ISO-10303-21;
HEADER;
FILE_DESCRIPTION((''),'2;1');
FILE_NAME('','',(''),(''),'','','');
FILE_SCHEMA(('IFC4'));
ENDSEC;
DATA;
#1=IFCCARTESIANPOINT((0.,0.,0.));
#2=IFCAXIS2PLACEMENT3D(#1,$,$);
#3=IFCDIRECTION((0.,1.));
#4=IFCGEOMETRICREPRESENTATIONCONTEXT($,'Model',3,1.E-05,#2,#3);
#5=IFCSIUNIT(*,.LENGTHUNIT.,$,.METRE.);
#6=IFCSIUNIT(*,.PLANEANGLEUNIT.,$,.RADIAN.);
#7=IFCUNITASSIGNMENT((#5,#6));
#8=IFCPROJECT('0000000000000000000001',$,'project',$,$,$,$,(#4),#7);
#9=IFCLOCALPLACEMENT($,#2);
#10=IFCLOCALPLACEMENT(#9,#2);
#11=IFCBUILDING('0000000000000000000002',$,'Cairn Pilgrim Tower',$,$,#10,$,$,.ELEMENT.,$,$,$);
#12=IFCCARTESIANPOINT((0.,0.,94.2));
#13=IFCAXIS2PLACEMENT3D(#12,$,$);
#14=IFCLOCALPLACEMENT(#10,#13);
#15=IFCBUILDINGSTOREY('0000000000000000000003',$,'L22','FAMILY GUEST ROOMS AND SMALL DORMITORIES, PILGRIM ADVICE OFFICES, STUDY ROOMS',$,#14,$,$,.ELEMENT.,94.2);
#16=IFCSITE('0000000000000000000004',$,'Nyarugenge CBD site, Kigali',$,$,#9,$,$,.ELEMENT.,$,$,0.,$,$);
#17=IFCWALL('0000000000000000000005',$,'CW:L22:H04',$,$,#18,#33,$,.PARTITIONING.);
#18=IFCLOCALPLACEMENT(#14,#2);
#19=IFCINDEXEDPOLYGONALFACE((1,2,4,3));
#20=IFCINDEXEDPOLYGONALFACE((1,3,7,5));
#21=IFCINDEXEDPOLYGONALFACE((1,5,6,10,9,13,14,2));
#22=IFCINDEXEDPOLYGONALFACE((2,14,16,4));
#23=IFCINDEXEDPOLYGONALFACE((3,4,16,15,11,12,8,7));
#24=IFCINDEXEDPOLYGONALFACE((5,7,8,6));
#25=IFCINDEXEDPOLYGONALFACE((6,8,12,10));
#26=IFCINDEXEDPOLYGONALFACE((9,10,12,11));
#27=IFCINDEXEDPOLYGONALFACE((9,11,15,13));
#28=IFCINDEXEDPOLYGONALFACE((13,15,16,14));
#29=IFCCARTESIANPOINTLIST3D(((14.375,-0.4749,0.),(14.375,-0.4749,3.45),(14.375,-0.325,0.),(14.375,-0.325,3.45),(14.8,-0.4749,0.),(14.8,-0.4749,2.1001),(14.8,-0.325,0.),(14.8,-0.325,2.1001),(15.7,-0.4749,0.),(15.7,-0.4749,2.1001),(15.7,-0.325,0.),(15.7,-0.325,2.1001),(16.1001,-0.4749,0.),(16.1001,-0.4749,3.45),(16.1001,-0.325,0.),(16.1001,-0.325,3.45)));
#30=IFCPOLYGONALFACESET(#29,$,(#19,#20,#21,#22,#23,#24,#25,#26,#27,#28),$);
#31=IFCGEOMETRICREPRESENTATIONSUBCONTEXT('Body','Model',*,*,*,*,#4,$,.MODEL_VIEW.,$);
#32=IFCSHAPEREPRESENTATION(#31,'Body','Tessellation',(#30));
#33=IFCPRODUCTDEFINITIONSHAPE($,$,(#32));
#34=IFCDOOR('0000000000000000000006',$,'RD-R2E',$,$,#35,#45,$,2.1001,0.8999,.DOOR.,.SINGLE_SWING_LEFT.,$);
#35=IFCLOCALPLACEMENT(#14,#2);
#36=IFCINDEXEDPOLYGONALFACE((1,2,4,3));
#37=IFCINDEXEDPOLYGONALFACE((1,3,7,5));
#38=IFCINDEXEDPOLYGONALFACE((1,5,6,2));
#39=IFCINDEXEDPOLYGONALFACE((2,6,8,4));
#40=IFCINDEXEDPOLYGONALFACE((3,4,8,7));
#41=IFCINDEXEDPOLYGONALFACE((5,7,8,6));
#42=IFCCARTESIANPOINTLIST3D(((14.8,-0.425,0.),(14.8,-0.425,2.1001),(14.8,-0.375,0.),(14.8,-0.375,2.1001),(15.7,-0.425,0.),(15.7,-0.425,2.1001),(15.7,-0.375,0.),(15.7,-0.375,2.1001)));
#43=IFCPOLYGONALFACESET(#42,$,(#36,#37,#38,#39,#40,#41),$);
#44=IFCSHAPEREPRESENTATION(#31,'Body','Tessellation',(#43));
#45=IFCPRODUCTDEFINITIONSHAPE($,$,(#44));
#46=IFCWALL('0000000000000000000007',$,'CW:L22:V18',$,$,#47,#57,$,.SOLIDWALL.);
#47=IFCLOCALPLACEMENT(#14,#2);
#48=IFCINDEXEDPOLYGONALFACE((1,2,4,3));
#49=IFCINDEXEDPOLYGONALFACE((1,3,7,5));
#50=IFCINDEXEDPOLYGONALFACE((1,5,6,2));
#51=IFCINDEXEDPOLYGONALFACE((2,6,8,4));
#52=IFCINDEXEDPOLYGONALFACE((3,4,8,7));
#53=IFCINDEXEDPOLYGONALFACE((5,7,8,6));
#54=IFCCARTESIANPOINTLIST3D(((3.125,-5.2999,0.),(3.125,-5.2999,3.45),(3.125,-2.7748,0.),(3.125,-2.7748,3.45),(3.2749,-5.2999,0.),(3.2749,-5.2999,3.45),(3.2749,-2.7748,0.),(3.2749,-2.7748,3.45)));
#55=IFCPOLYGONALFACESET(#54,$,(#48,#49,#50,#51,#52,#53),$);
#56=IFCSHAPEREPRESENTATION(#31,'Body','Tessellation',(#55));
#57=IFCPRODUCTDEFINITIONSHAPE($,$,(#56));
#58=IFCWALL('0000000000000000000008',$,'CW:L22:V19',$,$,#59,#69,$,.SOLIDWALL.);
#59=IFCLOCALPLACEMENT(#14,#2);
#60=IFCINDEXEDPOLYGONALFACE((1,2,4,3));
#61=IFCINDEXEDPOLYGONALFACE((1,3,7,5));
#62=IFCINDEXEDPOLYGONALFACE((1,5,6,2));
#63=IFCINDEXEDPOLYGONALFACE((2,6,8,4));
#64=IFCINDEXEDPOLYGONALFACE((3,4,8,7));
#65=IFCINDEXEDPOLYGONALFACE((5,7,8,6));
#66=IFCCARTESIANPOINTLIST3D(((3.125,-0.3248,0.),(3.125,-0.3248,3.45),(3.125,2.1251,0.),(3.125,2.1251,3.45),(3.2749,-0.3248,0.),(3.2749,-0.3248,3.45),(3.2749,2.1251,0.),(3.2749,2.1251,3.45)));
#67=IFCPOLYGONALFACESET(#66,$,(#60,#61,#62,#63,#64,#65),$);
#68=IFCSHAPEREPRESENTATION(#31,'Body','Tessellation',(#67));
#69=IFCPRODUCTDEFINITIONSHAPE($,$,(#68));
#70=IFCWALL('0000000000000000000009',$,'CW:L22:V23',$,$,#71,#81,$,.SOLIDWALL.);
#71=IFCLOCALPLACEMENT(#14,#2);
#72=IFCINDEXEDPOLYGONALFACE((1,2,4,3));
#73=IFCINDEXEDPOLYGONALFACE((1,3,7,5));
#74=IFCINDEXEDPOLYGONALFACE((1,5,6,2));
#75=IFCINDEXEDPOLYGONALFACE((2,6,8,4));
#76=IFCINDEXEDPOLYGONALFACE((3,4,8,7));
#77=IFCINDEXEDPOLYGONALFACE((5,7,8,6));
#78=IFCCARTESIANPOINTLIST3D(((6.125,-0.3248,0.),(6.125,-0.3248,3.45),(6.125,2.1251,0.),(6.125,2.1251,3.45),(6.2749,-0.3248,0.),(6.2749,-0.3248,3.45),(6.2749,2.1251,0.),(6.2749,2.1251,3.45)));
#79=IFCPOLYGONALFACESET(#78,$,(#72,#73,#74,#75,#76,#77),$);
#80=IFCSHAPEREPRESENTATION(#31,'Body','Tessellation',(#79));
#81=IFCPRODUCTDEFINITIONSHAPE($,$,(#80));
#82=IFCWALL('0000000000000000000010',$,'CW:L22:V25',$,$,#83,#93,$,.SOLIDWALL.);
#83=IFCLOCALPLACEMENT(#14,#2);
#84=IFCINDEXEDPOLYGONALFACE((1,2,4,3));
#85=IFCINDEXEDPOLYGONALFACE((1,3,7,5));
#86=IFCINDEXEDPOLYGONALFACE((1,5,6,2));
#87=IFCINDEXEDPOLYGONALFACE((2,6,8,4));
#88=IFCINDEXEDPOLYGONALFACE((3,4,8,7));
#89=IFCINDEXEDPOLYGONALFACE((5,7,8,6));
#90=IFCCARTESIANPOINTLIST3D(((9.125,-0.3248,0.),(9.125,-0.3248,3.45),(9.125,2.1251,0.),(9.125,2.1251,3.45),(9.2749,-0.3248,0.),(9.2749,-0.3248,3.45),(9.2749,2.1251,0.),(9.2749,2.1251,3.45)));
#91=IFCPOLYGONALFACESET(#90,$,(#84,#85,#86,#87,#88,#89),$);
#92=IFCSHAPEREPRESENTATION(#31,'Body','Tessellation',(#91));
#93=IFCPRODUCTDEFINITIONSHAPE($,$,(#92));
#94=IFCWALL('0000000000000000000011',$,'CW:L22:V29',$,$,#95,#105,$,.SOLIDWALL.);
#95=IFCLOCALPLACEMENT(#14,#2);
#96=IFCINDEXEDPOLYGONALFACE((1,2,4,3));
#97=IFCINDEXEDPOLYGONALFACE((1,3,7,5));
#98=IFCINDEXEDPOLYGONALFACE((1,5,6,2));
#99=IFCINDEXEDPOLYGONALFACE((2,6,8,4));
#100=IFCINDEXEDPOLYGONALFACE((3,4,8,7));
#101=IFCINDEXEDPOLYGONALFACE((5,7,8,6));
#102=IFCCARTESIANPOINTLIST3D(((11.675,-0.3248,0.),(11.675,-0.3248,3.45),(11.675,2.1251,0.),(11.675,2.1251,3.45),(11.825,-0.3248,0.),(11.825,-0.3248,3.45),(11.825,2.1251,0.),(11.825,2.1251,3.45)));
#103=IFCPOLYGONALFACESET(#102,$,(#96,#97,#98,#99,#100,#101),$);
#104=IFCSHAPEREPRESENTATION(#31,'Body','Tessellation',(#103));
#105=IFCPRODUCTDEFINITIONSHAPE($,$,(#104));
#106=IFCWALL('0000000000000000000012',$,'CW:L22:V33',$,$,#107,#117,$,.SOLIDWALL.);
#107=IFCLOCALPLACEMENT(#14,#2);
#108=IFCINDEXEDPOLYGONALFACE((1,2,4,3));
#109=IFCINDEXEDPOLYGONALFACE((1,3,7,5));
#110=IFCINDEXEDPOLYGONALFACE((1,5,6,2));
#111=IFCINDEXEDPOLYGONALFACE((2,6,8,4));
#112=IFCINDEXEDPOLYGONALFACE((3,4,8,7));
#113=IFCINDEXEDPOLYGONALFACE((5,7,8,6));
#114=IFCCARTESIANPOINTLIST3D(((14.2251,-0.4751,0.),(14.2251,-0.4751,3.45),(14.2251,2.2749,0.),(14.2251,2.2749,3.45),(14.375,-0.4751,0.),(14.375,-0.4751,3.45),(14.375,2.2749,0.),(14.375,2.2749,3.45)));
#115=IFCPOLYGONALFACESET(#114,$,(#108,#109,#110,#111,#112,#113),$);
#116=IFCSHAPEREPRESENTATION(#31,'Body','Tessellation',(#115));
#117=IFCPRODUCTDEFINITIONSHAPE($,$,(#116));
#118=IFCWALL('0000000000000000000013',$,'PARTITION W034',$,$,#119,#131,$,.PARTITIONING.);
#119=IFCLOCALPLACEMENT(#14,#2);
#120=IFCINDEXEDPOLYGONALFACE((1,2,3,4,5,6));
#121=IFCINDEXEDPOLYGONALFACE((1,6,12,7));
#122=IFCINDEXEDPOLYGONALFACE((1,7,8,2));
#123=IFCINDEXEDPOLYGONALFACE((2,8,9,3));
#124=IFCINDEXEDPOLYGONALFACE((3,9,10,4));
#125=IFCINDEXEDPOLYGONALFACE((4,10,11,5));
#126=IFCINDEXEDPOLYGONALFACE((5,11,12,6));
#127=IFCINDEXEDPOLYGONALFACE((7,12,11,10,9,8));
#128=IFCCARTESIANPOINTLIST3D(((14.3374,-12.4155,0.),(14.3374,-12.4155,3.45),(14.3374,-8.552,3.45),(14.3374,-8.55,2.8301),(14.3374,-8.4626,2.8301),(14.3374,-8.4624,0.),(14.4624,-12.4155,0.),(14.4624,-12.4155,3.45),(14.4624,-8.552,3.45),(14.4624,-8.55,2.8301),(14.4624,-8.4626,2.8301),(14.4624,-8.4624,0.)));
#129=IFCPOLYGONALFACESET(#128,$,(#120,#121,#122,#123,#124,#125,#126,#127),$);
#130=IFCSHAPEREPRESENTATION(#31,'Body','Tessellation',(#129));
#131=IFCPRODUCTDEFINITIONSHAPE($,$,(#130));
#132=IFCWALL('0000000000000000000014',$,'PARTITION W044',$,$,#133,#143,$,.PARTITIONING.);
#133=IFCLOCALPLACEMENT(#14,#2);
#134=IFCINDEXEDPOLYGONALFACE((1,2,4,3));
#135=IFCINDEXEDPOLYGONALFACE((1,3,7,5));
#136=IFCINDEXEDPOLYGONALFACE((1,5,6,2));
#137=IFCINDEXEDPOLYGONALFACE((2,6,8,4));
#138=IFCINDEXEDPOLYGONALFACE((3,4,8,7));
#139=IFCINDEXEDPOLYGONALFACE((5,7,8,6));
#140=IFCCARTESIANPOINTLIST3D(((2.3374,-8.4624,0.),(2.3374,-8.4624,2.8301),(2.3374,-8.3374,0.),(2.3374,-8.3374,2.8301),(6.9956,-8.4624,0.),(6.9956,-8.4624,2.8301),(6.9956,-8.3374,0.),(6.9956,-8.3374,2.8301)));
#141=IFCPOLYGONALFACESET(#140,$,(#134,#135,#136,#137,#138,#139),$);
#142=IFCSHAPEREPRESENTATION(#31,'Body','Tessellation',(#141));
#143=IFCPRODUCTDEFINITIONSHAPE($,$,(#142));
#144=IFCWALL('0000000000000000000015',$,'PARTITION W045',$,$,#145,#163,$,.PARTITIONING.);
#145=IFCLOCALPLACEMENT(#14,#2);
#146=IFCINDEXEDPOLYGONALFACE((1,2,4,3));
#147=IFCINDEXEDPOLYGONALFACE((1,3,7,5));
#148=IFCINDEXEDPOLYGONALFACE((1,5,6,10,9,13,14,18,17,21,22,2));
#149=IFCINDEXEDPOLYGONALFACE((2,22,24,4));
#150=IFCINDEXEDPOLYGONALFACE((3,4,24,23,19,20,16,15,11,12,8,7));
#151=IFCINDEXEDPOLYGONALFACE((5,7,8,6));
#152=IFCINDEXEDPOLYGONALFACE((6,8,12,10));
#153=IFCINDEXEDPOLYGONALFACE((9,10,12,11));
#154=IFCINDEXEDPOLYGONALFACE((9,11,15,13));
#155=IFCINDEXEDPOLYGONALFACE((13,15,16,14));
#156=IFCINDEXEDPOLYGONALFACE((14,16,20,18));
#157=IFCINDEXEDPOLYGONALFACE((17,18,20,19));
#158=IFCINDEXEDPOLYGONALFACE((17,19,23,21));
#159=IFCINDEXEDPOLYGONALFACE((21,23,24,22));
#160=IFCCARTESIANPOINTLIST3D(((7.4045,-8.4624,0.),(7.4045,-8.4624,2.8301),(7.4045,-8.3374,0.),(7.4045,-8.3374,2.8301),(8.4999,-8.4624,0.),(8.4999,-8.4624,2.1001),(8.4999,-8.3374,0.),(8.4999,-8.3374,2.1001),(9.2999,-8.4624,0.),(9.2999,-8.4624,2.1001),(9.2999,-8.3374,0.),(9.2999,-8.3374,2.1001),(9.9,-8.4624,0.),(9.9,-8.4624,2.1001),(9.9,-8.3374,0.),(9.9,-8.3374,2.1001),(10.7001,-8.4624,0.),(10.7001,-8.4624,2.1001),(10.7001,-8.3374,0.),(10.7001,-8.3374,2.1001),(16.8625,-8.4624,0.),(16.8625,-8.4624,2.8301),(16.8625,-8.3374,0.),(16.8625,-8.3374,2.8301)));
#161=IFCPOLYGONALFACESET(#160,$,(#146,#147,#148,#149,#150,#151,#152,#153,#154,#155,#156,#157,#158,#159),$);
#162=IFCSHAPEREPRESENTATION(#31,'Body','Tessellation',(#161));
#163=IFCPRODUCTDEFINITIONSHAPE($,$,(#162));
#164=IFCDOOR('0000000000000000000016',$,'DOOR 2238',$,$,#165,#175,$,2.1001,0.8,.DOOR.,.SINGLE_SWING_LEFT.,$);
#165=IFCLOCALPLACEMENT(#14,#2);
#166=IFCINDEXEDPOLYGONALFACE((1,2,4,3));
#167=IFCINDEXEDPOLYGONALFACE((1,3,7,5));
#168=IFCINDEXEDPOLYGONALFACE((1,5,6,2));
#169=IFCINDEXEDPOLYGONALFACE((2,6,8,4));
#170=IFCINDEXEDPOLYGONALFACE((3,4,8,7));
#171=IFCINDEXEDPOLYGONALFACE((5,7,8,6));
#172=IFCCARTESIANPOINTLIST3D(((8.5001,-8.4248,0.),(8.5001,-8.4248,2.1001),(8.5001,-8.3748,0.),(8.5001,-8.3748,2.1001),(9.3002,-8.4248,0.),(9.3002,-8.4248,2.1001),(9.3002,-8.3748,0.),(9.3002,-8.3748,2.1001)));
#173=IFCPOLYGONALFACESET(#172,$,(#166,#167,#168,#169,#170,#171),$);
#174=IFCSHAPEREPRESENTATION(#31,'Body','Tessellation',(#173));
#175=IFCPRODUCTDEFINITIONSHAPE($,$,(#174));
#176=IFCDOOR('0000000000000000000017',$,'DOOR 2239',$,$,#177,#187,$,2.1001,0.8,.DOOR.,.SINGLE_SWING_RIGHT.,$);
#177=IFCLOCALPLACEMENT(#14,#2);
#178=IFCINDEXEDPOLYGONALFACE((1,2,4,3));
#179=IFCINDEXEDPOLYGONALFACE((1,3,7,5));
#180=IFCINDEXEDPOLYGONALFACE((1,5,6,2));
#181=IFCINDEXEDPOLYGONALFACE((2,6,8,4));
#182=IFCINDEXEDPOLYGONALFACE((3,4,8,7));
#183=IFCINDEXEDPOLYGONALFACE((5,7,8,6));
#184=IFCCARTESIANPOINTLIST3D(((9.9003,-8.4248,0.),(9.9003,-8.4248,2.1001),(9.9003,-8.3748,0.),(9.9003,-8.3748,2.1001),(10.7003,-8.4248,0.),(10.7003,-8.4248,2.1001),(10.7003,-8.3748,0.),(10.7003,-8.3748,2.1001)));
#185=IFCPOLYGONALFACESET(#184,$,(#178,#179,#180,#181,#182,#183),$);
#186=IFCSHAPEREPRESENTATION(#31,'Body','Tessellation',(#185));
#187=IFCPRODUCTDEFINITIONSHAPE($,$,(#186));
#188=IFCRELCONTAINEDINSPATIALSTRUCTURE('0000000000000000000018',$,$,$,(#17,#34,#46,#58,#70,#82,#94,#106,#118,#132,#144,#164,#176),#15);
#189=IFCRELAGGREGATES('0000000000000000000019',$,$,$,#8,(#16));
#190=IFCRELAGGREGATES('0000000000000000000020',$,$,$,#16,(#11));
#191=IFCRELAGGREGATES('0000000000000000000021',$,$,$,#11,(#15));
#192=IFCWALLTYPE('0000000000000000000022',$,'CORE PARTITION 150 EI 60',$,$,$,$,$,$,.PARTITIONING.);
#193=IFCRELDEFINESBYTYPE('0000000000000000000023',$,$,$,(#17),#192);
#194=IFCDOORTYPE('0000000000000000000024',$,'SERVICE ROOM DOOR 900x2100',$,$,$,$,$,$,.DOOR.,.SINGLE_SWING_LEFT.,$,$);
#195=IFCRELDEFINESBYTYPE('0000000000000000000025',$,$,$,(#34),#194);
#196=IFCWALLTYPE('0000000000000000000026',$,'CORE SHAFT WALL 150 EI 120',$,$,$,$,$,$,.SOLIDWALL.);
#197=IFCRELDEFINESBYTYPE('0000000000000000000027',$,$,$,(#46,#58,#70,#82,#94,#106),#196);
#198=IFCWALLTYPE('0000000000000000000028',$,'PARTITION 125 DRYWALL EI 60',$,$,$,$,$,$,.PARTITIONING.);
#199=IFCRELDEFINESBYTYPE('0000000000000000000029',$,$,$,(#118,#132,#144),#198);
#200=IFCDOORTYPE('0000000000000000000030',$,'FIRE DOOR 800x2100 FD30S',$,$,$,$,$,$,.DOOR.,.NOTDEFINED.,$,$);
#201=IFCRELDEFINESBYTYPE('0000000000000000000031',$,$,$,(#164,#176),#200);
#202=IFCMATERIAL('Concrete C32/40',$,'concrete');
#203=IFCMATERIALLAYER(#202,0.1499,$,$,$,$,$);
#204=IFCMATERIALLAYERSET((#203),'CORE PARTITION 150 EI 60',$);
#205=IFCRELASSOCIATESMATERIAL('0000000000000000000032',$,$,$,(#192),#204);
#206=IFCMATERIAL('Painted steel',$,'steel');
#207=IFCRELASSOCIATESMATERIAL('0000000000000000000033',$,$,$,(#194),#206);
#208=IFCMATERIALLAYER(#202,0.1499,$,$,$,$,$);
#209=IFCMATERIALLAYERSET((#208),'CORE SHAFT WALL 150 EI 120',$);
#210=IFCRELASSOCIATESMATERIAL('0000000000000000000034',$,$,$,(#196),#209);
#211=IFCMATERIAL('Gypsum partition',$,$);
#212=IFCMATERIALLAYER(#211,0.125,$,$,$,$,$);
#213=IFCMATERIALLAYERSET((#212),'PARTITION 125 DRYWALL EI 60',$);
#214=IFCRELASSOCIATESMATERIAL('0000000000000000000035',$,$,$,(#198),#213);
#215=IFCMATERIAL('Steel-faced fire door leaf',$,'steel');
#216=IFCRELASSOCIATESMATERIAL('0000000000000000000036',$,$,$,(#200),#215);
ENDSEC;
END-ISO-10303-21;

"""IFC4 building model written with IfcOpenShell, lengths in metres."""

from ifc_helpers import new_model, si_unit, direction, frame, frame_2d, origin, place, context, subcontext, project, spatial, polyline, rectangle, outline, extrude, material, layer, layer_set, type_object, element, fill, save


model = new_model("IFC4")

# Units and contexts
model_context = context("Model", 3, precision=1e-05, world=origin(), true_north=direction((0.0, 1.0)))
body_context = subcontext(model_context, "Body", "Model", "MODEL_VIEW")
ifc_project = project(units=[si_unit("LENGTHUNIT", "METRE"), si_unit("PLANEANGLEUNIT", "RADIAN")], contexts=[model_context])

# Site, building, storey
site_placement = place(None, origin())
site = spatial("IfcSite", under=ifc_project, at=site_placement, Name="Nyarugenge CBD site, Kigali", CompositionType="ELEMENT", RefElevation=0.0)
building_placement = place(site_placement, origin())
building = spatial("IfcBuilding", under=site, at=building_placement, Name="Cairn Pilgrim Tower", CompositionType="ELEMENT")
storey_placement = place(building_placement, frame((0.0, 0.0, 94.2)))
storey = spatial("IfcBuildingStorey", under=building, at=storey_placement, Name="L22", Description="FAMILY GUEST ROOMS AND SMALL DORMITORIES, PILGRIM ADVICE OFFICES, STUDY ROOMS", CompositionType="ELEMENT", Elevation=94.2)

# Shared definitions
ifc_material_1 = material(Name="Concrete C32/40", Category="concrete")

# Wall, opening, door
ifc_layer_1 = layer(ifc_material_1, 0.1499)
ifc_layer_set_1 = layer_set([ifc_layer_1], Name="CORE PARTITION 150 EI 60")
wall_type_1 = type_object("IfcWallType", Name="CORE PARTITION 150 EI 60", PredefinedType="PARTITIONING", material=ifc_layer_set_1)
wall_1_placement = place(storey_placement, frame((14.375, -0.3999, 0.0), z_axis=(0.0, 0.0, 1.0), x_axis=(1.0, 0.0, 0.0)))
wall_1 = element("IfcWall", 1, at=wall_1_placement, inside=storey, type_object=wall_type_1, Name="CW:L22:H04", PredefinedType="PARTITIONING", context=body_context, shape_type="SweptSolid", body=[
    extrude(rectangle(XDim=1.7251, YDim=0.1499, at=frame_2d((0.8625, 0.0))), origin(), (0.0, 0.0, 1.0), 3.45),
])
opening_1_placement = place(wall_1_placement, frame((0.425, 0.0, 0.0)))
opening_1 = element("IfcOpeningElement", 2, at=opening_1_placement, cuts=wall_1, PredefinedType="OPENING", context=body_context, shape_type="SweptSolid", body=[
    extrude(rectangle(XDim=0.8999, YDim=2.1001, at=frame_2d((0.45, 1.05))), frame((0.0, 0.085, 0.0), z_axis=(0.0, -1.0, 0.0), x_axis=(1.0, 0.0, 0.0)), (0.0, 0.0, 1.0), 0.1699),
])
ifc_material_2 = material(Name="Painted steel", Category="steel")
door_type_1 = type_object("IfcDoorType", Name="SERVICE ROOM DOOR 900x2100", OperationType="SINGLE_SWING_LEFT", PredefinedType="DOOR", material=ifc_material_2)
door_1_placement = place(opening_1_placement, origin())
door_1 = element("IfcDoor", 3, at=door_1_placement, inside=storey, type_object=door_type_1, Name="RD-R2E", OperationType="SINGLE_SWING_LEFT", OverallHeight=2.1001, OverallWidth=0.8999, PredefinedType="DOOR", context=body_context, shape_type="SweptSolid", body=[
    extrude(rectangle(XDim=0.8999, YDim=2.1001, at=frame_2d((0.45, 1.05))), frame((0.0, 0.0249, 0.0), z_axis=(0.0, -1.0, 0.0), x_axis=(1.0, 0.0, 0.0)), (0.0, 0.0, 1.0), 0.05),
])
fill(opening_1, door_1)

# Walls
ifc_layer_2 = layer(ifc_material_1, 0.1499)
ifc_layer_set_2 = layer_set([ifc_layer_2], Name="CORE SHAFT WALL 150 EI 120")
wall_type_2 = type_object("IfcWallType", Name="CORE SHAFT WALL 150 EI 120", PredefinedType="SOLIDWALL", material=ifc_layer_set_2)
wall_2_placement = place(storey_placement, frame((3.2, -5.3, 0.0), z_axis=(0.0, 0.0, 1.0), x_axis=(0.0, 1.0, 0.0)))
element("IfcWall", 4, at=wall_2_placement, inside=storey, type_object=wall_type_2, Name="CW:L22:V18", PredefinedType="SOLIDWALL", context=body_context, shape_type="SweptSolid", body=[
    extrude(rectangle(XDim=2.5251, YDim=0.1499, at=frame_2d((1.2627, 0.0))), origin(), (0.0, 0.0, 1.0), 3.45),
])
for number, where, z_axis, x_axis, name in (
    (5, (3.2, -0.325, 0.0), (0.0, 0.0, 1.0), (0.0, 1.0, 0.0), "CW:L22:V19"),
    (6, (6.2, -0.325, 0.0), (0.0, 0.0, 1.0), (0.0, 1.0, 0.0), "CW:L22:V23"),
    (7, (9.2, -0.325, 0.0), (0.0, 0.0, 1.0), (0.0, 1.0, 0.0), "CW:L22:V25"),
    (8, (11.75, -0.325, 0.0), (0.0, 0.0, 1.0), (0.0, 1.0, 0.0), "CW:L22:V29"),
):
    element("IfcWall", number, at=place(storey_placement, frame(where, z_axis=z_axis, x_axis=x_axis)), inside=storey, type_object=wall_type_2, Name=name, PredefinedType="SOLIDWALL", context=body_context, shape_type="SweptSolid", body=[
        extrude(rectangle(XDim=2.45, YDim=0.1499, at=frame_2d((1.2251, 0.0))), origin(), (0.0, 0.0, 1.0), 3.45),
    ])
wall_3_placement = place(storey_placement, frame((14.3, -0.4751, 0.0), z_axis=(0.0, 0.0, 1.0), x_axis=(0.0, 1.0, 0.0)))
element("IfcWall", 9, at=wall_3_placement, inside=storey, type_object=wall_type_2, Name="CW:L22:V33", PredefinedType="SOLIDWALL", context=body_context, shape_type="SweptSolid", body=[
    extrude(rectangle(XDim=2.75, YDim=0.1499, at=frame_2d((1.375, 0.0))), origin(), (0.0, 0.0, 1.0), 3.45),
])
ifc_material_3 = material(Name="Gypsum partition")
ifc_layer_3 = layer(ifc_material_3, 0.125)
ifc_layer_set_3 = layer_set([ifc_layer_3], Name="PARTITION 125 DRYWALL EI 60")
wall_type_3 = type_object("IfcWallType", Name="PARTITION 125 DRYWALL EI 60", PredefinedType="PARTITIONING", material=ifc_layer_set_3)
wall_4_placement = place(storey_placement, frame((14.3999, -12.4155, 0.0), z_axis=(0.0, 0.0, 1.0), x_axis=(0.0, 1.0, 0.0)))
element("IfcWall", 10, at=wall_4_placement, inside=storey, type_object=wall_type_3, Name="PARTITION W034", PredefinedType="PARTITIONING", context=body_context, shape_type="SweptSolid", body=[
    extrude(outline(polyline([(0.0, 0.0), (3.9531, 0.0), (3.9529, 2.8301), (3.8655, 2.8301), (3.8635, 3.45), (0.0, 3.45), (0.0, 0.0)])), frame((0.0, 0.0625, 0.0), z_axis=(0.0, -1.0, 0.0), x_axis=(1.0, 0.0, 0.0)), (0.0, 0.0, 1.0), 0.125),
])
wall_5_placement = place(storey_placement, frame((2.3374, -8.3999, 0.0), z_axis=(0.0, 0.0, 1.0), x_axis=(1.0, 0.0, 0.0)))
element("IfcWall", 11, at=wall_5_placement, inside=storey, type_object=wall_type_3, Name="PARTITION W044", PredefinedType="PARTITIONING", context=body_context, shape_type="SweptSolid", body=[
    extrude(rectangle(XDim=4.6582, YDim=0.125, at=frame_2d((2.3291, 0.0))), origin(), (0.0, 0.0, 1.0), 2.8301),
])

# Wall, openings, doors
wall_6_placement = place(storey_placement, frame((7.4045, -8.3999, 0.0), z_axis=(0.0, 0.0, 1.0), x_axis=(1.0, 0.0, 0.0)))
wall_6 = element("IfcWall", 12, at=wall_6_placement, inside=storey, type_object=wall_type_3, Name="PARTITION W045", PredefinedType="PARTITIONING", context=body_context, shape_type="SweptSolid", body=[
    extrude(rectangle(XDim=9.458, YDim=0.125, at=frame_2d((4.729, 0.0))), origin(), (0.0, 0.0, 1.0), 2.8301),
])
opening_2_placement = place(wall_6_placement, frame((1.0955, 0.0, 0.0)))
opening_2 = element("IfcOpeningElement", 13, at=opening_2_placement, cuts=wall_6, PredefinedType="OPENING", context=body_context, shape_type="SweptSolid", body=[
    extrude(rectangle(XDim=0.8, YDim=2.1001, at=frame_2d((0.3999, 1.05))), frame((0.0, 0.0725, 0.0), z_axis=(0.0, -1.0, 0.0), x_axis=(1.0, 0.0, 0.0)), (0.0, 0.0, 1.0), 0.145),
])
opening_3_placement = place(wall_6_placement, frame((2.4956, 0.0, 0.0)))
opening_3 = element("IfcOpeningElement", 14, at=opening_3_placement, cuts=wall_6, PredefinedType="OPENING", context=body_context, shape_type="SweptSolid", body=[
    extrude(rectangle(XDim=0.8, YDim=2.1001, at=frame_2d((0.3999, 1.05))), frame((0.0, 0.0725, 0.0), z_axis=(0.0, -1.0, 0.0), x_axis=(1.0, 0.0, 0.0)), (0.0, 0.0, 1.0), 0.145),
])
ifc_material_4 = material(Name="Steel-faced fire door leaf", Category="steel")
door_type_2 = type_object("IfcDoorType", Name="FIRE DOOR 800x2100 FD30S", OperationType="NOTDEFINED", PredefinedType="DOOR", material=ifc_material_4)
door_2_placement = place(opening_2_placement, frame((0.8, 0.0, 0.0), z_axis=(0.0, 0.0, 1.0), x_axis=(-1.0, 0.0, 0.0)))
door_2 = element("IfcDoor", 15, at=door_2_placement, inside=storey, type_object=door_type_2, Name="DOOR 2238", OperationType="SINGLE_SWING_LEFT", OverallHeight=2.1001, OverallWidth=0.8, PredefinedType="DOOR", context=body_context, shape_type="SweptSolid", body=[
    extrude(rectangle(XDim=0.8, YDim=2.1001, at=frame_2d((0.3999, 1.05))), frame((0.0, 0.0249, 0.0), z_axis=(0.0, -1.0, 0.0), x_axis=(1.0, 0.0, 0.0)), (0.0, 0.0, 1.0), 0.05),
])
fill(opening_2, door_2)
door_3_placement = place(opening_3_placement, frame((0.8, 0.0, 0.0), z_axis=(0.0, 0.0, 1.0), x_axis=(-1.0, 0.0, 0.0)))
door_3 = element("IfcDoor", 16, at=door_3_placement, inside=storey, type_object=door_type_2, Name="DOOR 2239", OperationType="SINGLE_SWING_RIGHT", OverallHeight=2.1001, OverallWidth=0.8, PredefinedType="DOOR", context=body_context, shape_type="SweptSolid", body=[
    extrude(rectangle(XDim=0.8, YDim=2.1001, at=frame_2d((0.3999, 1.05))), frame((0.0, 0.0249, 0.0), z_axis=(0.0, -1.0, 0.0), x_axis=(1.0, 0.0, 0.0)), (0.0, 0.0, 1.0), 0.05),
])
fill(opening_3, door_3)

save(model, "model.ifc")
